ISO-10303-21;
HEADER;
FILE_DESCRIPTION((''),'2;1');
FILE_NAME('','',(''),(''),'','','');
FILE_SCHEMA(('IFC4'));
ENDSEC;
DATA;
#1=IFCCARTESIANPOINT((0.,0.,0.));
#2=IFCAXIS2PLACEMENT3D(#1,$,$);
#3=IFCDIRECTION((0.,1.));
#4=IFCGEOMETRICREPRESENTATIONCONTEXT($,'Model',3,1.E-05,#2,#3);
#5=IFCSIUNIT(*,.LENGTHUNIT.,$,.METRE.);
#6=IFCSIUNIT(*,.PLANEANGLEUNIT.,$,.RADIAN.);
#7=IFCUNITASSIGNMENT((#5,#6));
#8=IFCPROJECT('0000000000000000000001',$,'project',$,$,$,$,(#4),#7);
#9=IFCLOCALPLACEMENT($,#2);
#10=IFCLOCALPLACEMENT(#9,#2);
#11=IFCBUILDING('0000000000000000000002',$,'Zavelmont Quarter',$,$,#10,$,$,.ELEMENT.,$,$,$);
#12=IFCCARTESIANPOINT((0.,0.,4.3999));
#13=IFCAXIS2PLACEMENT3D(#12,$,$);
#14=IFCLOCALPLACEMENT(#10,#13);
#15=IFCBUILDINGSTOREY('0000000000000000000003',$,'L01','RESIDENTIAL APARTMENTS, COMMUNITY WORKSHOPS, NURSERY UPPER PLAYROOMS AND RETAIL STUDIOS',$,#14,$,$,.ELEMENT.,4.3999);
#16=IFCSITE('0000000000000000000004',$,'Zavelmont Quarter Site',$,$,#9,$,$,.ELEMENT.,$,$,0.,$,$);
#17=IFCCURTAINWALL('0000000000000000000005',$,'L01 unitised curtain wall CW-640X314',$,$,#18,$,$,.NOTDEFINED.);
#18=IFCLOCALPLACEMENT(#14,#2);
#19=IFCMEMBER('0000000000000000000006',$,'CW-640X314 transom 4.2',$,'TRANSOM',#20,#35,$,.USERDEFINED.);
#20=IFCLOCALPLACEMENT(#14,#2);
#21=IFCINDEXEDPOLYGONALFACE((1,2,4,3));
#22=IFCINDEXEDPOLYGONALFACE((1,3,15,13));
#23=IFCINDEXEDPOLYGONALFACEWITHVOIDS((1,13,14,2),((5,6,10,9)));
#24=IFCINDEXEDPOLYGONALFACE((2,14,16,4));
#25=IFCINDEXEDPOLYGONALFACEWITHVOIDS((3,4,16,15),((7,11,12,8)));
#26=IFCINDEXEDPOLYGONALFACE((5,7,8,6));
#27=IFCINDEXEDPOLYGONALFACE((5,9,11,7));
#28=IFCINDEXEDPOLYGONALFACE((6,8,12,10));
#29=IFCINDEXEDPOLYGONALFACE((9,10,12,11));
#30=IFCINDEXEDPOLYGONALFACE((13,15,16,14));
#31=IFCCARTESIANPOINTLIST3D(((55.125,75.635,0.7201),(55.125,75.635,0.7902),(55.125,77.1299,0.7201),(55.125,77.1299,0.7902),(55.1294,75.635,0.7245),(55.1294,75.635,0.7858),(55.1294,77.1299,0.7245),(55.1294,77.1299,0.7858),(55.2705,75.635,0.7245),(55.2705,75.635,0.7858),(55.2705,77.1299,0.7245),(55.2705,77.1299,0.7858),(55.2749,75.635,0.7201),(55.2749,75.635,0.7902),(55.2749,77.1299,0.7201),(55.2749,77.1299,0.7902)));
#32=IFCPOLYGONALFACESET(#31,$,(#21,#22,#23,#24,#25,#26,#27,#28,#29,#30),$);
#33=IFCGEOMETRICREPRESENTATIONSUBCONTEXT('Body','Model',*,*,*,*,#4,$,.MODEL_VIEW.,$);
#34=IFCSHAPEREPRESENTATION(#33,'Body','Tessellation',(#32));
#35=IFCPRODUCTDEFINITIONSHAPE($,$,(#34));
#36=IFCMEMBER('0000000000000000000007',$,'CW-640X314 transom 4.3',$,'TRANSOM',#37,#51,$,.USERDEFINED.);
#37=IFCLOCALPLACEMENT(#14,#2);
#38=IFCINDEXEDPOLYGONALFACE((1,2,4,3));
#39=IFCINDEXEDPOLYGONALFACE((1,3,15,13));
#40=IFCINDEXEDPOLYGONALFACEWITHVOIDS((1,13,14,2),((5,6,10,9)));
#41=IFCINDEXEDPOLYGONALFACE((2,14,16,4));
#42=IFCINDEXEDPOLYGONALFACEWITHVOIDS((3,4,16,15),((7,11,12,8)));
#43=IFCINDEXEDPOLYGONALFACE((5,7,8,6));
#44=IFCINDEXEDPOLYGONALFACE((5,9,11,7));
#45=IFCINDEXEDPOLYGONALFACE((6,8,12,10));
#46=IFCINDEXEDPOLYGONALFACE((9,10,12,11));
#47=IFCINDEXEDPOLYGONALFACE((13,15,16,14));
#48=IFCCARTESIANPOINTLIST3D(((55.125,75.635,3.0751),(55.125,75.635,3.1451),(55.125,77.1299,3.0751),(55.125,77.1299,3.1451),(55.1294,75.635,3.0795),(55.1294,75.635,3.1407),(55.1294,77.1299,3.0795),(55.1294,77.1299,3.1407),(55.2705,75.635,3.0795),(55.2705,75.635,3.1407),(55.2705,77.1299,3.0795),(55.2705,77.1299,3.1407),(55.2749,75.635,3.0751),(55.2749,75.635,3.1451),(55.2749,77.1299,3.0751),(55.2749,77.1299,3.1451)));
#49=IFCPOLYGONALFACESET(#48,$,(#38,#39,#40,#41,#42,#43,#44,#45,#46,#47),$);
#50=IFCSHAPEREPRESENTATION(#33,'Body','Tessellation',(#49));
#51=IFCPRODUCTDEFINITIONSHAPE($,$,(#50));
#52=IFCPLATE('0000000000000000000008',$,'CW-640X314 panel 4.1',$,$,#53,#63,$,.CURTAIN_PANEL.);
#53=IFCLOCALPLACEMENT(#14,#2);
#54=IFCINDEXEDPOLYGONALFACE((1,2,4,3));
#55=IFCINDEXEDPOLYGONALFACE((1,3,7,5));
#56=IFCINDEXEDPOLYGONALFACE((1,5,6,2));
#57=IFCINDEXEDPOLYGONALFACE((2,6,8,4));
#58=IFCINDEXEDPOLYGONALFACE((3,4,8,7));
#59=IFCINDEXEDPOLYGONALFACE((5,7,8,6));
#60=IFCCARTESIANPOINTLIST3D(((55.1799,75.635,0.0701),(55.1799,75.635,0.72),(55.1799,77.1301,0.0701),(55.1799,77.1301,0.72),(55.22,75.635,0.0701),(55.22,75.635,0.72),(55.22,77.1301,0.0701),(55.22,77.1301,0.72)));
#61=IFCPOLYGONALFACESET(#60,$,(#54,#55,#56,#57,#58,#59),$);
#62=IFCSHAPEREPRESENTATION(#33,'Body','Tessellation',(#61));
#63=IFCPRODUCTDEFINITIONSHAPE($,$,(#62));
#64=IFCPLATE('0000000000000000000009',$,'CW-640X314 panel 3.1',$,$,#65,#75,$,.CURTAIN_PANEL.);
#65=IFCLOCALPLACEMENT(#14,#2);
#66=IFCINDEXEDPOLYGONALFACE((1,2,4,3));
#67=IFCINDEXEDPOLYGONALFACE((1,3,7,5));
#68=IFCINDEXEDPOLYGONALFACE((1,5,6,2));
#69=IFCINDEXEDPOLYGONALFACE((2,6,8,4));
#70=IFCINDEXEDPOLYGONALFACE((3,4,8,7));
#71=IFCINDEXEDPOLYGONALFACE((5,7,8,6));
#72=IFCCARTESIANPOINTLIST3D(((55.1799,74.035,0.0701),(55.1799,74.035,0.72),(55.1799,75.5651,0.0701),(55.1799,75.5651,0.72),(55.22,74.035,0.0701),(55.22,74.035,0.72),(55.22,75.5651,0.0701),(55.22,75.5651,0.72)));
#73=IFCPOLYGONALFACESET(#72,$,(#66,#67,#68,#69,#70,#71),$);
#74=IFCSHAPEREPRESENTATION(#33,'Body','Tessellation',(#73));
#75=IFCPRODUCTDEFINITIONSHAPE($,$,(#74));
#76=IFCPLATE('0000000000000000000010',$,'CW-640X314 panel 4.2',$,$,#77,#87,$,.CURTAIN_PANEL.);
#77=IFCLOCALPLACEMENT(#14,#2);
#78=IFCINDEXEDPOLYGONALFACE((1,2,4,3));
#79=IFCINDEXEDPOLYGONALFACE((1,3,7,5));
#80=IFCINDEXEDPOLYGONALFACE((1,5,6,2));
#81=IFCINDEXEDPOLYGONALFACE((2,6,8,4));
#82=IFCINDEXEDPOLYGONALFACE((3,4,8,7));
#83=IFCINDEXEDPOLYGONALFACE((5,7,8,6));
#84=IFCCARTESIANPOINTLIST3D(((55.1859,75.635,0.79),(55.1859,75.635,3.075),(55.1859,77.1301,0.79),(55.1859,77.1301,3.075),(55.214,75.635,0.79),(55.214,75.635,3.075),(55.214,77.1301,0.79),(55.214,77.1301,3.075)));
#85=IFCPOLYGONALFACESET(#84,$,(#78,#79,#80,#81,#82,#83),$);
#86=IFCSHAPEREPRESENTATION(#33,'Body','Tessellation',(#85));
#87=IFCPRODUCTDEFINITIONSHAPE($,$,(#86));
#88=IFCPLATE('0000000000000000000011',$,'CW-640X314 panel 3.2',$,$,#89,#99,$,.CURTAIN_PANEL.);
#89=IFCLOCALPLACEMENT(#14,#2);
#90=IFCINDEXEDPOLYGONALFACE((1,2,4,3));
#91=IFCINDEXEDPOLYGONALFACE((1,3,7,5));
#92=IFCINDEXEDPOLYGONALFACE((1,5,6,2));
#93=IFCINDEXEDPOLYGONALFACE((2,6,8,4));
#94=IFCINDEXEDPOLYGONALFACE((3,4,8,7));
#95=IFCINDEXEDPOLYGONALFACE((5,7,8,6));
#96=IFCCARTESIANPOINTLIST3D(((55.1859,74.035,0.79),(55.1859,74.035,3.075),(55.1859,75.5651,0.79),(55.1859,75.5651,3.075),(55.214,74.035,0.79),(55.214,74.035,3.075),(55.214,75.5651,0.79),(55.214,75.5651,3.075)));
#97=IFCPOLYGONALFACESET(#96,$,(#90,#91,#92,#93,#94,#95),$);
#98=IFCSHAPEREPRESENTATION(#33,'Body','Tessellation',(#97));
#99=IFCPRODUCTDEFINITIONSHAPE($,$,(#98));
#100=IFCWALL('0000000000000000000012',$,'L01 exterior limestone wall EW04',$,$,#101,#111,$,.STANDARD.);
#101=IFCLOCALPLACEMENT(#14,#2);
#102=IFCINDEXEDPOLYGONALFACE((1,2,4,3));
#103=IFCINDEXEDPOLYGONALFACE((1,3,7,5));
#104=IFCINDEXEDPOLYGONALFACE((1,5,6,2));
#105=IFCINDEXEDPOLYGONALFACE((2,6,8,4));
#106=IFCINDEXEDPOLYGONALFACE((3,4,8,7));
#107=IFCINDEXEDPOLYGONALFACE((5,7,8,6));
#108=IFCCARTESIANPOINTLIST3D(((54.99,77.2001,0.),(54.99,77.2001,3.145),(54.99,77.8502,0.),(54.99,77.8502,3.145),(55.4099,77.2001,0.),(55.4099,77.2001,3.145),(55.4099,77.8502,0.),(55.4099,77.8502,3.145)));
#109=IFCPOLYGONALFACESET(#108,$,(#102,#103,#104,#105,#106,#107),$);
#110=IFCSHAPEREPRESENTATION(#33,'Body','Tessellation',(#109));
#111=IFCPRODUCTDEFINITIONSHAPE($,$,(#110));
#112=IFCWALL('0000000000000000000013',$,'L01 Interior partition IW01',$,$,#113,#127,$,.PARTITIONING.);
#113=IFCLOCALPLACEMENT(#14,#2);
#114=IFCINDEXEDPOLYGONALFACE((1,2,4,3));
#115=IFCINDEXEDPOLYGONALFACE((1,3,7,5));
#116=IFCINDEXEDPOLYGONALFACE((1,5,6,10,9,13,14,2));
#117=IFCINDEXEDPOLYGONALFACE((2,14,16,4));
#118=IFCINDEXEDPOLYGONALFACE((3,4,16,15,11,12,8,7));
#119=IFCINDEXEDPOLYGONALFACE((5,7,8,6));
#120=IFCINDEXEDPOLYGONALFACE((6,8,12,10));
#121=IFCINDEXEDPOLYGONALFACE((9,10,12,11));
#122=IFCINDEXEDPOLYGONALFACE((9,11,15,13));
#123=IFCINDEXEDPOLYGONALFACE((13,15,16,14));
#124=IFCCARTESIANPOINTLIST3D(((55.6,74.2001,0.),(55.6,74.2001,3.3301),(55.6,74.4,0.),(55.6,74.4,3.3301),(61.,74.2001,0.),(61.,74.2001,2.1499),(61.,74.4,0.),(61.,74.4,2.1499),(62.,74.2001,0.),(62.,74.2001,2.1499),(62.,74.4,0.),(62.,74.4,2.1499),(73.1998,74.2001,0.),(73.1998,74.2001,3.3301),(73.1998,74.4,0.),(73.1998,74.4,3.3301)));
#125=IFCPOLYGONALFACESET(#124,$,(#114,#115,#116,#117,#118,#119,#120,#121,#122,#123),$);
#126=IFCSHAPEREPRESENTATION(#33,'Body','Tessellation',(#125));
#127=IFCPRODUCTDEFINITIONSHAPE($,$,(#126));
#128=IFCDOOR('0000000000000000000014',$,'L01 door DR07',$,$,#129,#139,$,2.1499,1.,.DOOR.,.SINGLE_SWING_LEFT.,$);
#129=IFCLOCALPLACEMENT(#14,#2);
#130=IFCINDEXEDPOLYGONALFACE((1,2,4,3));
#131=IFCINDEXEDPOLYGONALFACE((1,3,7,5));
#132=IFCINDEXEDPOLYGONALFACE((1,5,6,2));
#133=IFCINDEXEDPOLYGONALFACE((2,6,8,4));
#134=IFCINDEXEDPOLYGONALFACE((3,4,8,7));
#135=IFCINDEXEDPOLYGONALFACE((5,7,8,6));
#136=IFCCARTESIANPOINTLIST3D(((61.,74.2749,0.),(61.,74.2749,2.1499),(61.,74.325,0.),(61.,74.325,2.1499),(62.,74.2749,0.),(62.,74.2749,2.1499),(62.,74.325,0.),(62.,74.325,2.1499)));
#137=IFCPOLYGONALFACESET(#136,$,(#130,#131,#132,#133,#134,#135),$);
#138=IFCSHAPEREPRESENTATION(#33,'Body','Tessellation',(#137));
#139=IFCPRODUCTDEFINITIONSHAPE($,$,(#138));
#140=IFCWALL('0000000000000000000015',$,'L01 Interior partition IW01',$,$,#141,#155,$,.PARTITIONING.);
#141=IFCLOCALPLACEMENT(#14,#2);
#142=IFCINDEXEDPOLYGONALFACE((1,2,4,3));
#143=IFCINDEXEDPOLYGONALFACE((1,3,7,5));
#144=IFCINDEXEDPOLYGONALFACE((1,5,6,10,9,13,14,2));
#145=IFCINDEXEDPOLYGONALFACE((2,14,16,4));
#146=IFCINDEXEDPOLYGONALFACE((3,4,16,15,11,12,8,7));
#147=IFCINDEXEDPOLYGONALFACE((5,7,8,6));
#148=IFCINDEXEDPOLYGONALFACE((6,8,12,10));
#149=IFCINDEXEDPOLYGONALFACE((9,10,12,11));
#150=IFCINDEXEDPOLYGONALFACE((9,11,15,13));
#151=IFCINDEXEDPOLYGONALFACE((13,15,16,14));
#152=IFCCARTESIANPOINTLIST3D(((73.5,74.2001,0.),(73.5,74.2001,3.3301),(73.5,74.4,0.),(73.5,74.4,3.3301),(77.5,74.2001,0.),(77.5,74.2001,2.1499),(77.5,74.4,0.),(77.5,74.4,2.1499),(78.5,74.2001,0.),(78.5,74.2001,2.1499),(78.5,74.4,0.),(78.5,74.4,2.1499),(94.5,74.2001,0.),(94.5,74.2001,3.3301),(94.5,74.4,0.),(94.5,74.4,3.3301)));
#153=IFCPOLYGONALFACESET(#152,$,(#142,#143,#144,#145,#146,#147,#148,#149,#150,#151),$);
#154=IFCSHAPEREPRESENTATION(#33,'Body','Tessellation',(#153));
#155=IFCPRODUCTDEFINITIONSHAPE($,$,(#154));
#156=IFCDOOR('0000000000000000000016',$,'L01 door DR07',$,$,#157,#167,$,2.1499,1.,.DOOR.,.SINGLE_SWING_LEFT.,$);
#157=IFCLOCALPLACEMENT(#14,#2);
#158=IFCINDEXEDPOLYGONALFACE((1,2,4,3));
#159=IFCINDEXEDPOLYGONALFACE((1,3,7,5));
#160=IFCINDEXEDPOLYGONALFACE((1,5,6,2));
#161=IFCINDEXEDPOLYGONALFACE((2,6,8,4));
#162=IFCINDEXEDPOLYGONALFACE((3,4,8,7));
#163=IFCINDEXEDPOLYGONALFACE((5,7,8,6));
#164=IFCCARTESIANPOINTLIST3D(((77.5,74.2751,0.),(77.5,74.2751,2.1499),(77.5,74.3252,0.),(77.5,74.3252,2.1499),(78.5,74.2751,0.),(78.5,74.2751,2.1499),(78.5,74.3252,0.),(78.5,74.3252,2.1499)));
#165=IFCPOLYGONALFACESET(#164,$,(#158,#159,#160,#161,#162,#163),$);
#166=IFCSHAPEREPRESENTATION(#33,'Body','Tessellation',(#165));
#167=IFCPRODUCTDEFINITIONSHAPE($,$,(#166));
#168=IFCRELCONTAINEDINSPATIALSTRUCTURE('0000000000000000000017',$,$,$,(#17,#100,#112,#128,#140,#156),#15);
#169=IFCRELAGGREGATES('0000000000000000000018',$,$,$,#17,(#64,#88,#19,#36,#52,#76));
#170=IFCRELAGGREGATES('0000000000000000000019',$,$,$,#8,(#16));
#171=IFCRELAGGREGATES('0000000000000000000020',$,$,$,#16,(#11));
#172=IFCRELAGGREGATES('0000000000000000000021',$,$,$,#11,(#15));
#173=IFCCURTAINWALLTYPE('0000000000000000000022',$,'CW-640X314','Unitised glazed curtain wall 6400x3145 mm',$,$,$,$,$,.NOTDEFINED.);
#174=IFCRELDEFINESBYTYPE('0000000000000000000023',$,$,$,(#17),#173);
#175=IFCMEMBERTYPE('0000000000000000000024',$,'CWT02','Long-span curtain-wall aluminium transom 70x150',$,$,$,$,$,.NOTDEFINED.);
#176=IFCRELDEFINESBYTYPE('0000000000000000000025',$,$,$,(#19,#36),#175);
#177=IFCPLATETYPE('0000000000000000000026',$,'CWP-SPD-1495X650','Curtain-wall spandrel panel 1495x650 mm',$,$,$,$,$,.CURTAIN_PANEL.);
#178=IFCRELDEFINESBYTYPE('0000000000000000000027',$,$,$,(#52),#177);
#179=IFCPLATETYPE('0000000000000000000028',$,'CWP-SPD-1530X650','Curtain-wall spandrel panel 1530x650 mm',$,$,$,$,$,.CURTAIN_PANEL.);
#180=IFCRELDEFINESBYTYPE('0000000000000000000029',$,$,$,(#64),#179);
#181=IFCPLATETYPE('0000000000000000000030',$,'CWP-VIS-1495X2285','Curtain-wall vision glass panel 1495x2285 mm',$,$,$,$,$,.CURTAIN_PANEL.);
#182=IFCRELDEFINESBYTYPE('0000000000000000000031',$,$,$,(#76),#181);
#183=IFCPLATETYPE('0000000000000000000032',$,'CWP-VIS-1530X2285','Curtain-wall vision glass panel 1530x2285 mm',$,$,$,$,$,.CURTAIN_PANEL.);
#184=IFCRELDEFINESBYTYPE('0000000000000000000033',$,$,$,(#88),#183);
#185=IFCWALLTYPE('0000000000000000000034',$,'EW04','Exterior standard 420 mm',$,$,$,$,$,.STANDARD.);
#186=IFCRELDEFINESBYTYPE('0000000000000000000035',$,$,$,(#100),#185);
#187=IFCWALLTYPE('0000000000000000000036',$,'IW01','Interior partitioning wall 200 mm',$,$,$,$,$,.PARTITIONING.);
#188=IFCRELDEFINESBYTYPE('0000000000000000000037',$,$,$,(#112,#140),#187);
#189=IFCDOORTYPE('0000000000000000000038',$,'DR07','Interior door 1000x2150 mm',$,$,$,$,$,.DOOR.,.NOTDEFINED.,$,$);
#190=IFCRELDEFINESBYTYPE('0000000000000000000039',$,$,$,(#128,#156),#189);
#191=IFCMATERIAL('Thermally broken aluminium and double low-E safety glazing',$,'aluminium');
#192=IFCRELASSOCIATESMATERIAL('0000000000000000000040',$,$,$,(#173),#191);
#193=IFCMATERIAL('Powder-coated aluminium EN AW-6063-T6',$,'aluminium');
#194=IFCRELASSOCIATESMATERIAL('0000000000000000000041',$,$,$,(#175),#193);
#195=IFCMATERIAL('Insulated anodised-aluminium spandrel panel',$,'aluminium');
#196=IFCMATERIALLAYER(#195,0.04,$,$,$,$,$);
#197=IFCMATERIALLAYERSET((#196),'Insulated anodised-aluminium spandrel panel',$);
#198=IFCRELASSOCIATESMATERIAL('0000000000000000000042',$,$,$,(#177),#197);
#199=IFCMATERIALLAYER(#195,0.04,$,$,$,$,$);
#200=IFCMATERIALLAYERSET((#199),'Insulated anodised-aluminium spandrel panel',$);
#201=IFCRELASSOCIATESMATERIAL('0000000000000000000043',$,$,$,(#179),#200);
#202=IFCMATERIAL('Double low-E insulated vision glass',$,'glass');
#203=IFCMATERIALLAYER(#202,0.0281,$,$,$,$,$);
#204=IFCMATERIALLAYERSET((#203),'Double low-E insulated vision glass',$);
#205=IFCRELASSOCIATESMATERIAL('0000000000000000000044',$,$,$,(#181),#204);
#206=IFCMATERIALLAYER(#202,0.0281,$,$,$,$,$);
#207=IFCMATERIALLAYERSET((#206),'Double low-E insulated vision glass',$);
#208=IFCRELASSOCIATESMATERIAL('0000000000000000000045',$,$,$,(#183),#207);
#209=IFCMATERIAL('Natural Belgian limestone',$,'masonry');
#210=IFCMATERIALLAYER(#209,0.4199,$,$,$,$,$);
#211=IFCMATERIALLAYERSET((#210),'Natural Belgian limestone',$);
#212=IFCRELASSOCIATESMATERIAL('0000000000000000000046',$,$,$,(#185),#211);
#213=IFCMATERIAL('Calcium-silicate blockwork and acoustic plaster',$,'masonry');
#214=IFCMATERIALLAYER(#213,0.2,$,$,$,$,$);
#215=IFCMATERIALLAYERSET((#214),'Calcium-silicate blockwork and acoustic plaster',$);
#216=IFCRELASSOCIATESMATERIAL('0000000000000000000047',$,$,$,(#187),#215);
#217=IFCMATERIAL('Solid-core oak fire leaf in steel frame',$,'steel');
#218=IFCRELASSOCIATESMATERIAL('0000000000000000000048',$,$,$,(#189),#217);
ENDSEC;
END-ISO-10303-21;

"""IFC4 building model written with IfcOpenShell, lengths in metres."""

from ifc_helpers import new_model, si_unit, direction, frame, frame_2d, origin, origin_with_axes, origin_2d, place, context, subcontext, project, spatial, rectangle, hollow_rectangle, extrude, material, layer, layer_set, material_profile, profile_set, type_object, element, fill, aggregate, save


model = new_model("IFC4")

# Units and contexts
model_context = context("Model", 3, precision=1e-05, world=origin(), true_north=direction((0.0, 1.0)))
body_context = subcontext(model_context, "Body", "Model", "MODEL_VIEW")
ifc_project = project(units=[si_unit("LENGTHUNIT", "METRE"), si_unit("PLANEANGLEUNIT", "RADIAN")], contexts=[model_context])

# Site, building, storey
site_placement = place(None, origin())
site = spatial("IfcSite", under=ifc_project, at=site_placement, Name="Zavelmont Quarter Site", CompositionType="ELEMENT", RefElevation=0.0)
building_placement = place(site_placement, origin())
building = spatial("IfcBuilding", under=site, at=building_placement, Name="Zavelmont Quarter", CompositionType="ELEMENT")
storey_placement = place(building_placement, frame((0.0, 0.0, 4.3999)))
storey = spatial("IfcBuildingStorey", under=building, at=storey_placement, Name="L01", Description="RESIDENTIAL APARTMENTS, COMMUNITY WORKSHOPS, NURSERY UPPER PLAYROOMS AND RETAIL STUDIOS", CompositionType="ELEMENT", Elevation=4.3999)

# Curtain wall, members, plates
ifc_material_1 = material(Name="Thermally broken aluminium and double low-E safety glazing", Category="aluminium")
curtain_wall_type = type_object("IfcCurtainWallType", Name="CW-640X314", Description="Unitised glazed curtain wall 6400x3145 mm", PredefinedType="NOTDEFINED", material=ifc_material_1)
curtain_wall_placement = place(storey_placement, origin())
curtain_wall = element("IfcCurtainWall", 1, at=curtain_wall_placement, inside=storey, type_object=curtain_wall_type, Name="L01 unitised curtain wall CW-640X314", PredefinedType="NOTDEFINED")
ifc_material_2 = material(Name="Powder-coated aluminium EN AW-6063-T6", Category="aluminium")
ifc_material_profile_1 = material_profile(ifc_material_2, hollow_rectangle(XDim=0.1499, YDim=0.0701, WallThickness=0.0044, at=origin_2d()), Name="CWT70X150")
ifc_profile_set_1 = profile_set([ifc_material_profile_1], Name="Powder-coated aluminium EN AW-6063-T6")
member_type_1 = type_object("IfcMemberType", Name="CWT02", Description="Long-span curtain-wall aluminium transom 70x150", PredefinedType="NOTDEFINED", material=ifc_profile_set_1)
member_1_placement = place(storey_placement, frame((55.2, 75.635, 0.7551), z_axis=(0.0, 1.0, 0.0), x_axis=(-1.0, 0.0, 0.0)))
member_1 = element("IfcMember", 2, at=member_1_placement, type_object=member_type_1, Name="CW-640X314 transom 4.2", ObjectType="TRANSOM", PredefinedType="USERDEFINED", context=body_context, shape_type="SweptSolid", body=[
    extrude(hollow_rectangle(XDim=0.1499, YDim=0.0701, WallThickness=0.0044, at=origin_2d()), origin(), (0.0, 0.0, 1.0), 1.4949),
])
member_2_placement = place(storey_placement, frame((55.2, 75.635, 3.1101), z_axis=(0.0, 1.0, 0.0), x_axis=(-1.0, 0.0, 0.0)))
member_2 = element("IfcMember", 3, at=member_2_placement, type_object=member_type_1, Name="CW-640X314 transom 4.3", ObjectType="TRANSOM", PredefinedType="USERDEFINED", context=body_context, shape_type="SweptSolid", body=[
    extrude(hollow_rectangle(XDim=0.1499, YDim=0.0701, WallThickness=0.0044, at=origin_2d()), origin(), (0.0, 0.0, 1.0), 1.4949),
])
ifc_material_3 = material(Name="Insulated anodised-aluminium spandrel panel", Category="aluminium")
ifc_layer_1 = layer(ifc_material_3, 0.04)
ifc_layer_set_1 = layer_set([ifc_layer_1], Name="Insulated anodised-aluminium spandrel panel")
plate_type_1 = type_object("IfcPlateType", Name="CWP-SPD-1495X650", Description="Curtain-wall spandrel panel 1495x650 mm", PredefinedType="CURTAIN_PANEL", material=ifc_layer_set_1)
plate_1_placement = place(storey_placement, frame((55.2, 76.3826, 0.0701), z_axis=(0.0, 0.0, 1.0), x_axis=(0.0, 1.0, 0.0)))
plate_1 = element("IfcPlate", 4, at=plate_1_placement, type_object=plate_type_1, Name="CW-640X314 panel 4.1", PredefinedType="CURTAIN_PANEL", context=body_context, shape_type="SweptSolid", body=[
    extrude(rectangle(XDim=1.4951, YDim=0.04, at=origin_2d()), origin(), (0.0, 0.0, 1.0), 0.6499),
])
ifc_layer_2 = layer(ifc_material_3, 0.04)
ifc_layer_set_2 = layer_set([ifc_layer_2], Name="Insulated anodised-aluminium spandrel panel")
plate_type_2 = type_object("IfcPlateType", Name="CWP-SPD-1530X650", Description="Curtain-wall spandrel panel 1530x650 mm", PredefinedType="CURTAIN_PANEL", material=ifc_layer_set_2)
plate_2_placement = place(storey_placement, frame((55.2, 74.8, 0.0701), z_axis=(0.0, 0.0, 1.0), x_axis=(0.0, 1.0, 0.0)))
plate_2 = element("IfcPlate", 5, at=plate_2_placement, type_object=plate_type_2, Name="CW-640X314 panel 3.1", PredefinedType="CURTAIN_PANEL", context=body_context, shape_type="SweptSolid", body=[
    extrude(rectangle(XDim=1.53, YDim=0.04, at=origin_2d()), origin(), (0.0, 0.0, 1.0), 0.6499),
])
ifc_material_4 = material(Name="Double low-E insulated vision glass", Category="glass")
ifc_layer_3 = layer(ifc_material_4, 0.0281)
ifc_layer_set_3 = layer_set([ifc_layer_3], Name="Double low-E insulated vision glass")
plate_type_3 = type_object("IfcPlateType", Name="CWP-VIS-1495X2285", Description="Curtain-wall vision glass panel 1495x2285 mm", PredefinedType="CURTAIN_PANEL", material=ifc_layer_set_3)
plate_3_placement = place(storey_placement, frame((55.2, 76.3826, 0.79), z_axis=(0.0, 0.0, 1.0), x_axis=(0.0, 1.0, 0.0)))
plate_3 = element("IfcPlate", 6, at=plate_3_placement, type_object=plate_type_3, Name="CW-640X314 panel 4.2", PredefinedType="CURTAIN_PANEL", context=body_context, shape_type="SweptSolid", body=[
    extrude(rectangle(XDim=1.4951, YDim=0.0281, at=origin_2d()), origin(), (0.0, 0.0, 1.0), 2.2849),
])
ifc_layer_4 = layer(ifc_material_4, 0.0281)
ifc_layer_set_4 = layer_set([ifc_layer_4], Name="Double low-E insulated vision glass")
plate_type_4 = type_object("IfcPlateType", Name="CWP-VIS-1530X2285", Description="Curtain-wall vision glass panel 1530x2285 mm", PredefinedType="CURTAIN_PANEL", material=ifc_layer_set_4)
plate_4_placement = place(storey_placement, frame((55.2, 74.8, 0.79), z_axis=(0.0, 0.0, 1.0), x_axis=(0.0, 1.0, 0.0)))
plate_4 = element("IfcPlate", 7, at=plate_4_placement, type_object=plate_type_4, Name="CW-640X314 panel 3.2", PredefinedType="CURTAIN_PANEL", context=body_context, shape_type="SweptSolid", body=[
    extrude(rectangle(XDim=1.53, YDim=0.0281, at=origin_2d()), origin(), (0.0, 0.0, 1.0), 2.2849),
])
aggregate(curtain_wall, [plate_2, plate_4, member_1, member_2, plate_1, plate_3])

# Wall
ifc_material_5 = material(Name="Natural Belgian limestone", Category="masonry")
ifc_layer_5 = layer(ifc_material_5, 0.4199)
ifc_layer_set_5 = layer_set([ifc_layer_5], Name="Natural Belgian limestone")
wall_type_1 = type_object("IfcWallType", Name="EW04", Description="Exterior standard 420 mm", PredefinedType="STANDARD", material=ifc_layer_set_5)
wall_1_placement = place(storey_placement, frame((55.2, 77.2, 0.0), z_axis=(0.0, 0.0, 1.0), x_axis=(0.0, 1.0, 0.0)))
element("IfcWall", 8, at=wall_1_placement, inside=storey, type_object=wall_type_1, Name="L01 exterior limestone wall EW04", PredefinedType="STANDARD", context=body_context, shape_type="SweptSolid", body=[
    extrude(rectangle(XDim=0.6501, YDim=0.4199, at=frame_2d((0.3252, 0.0))), origin(), (0.0, 0.0, 1.0), 3.145),
])

# Walls, openings, doors
ifc_material_6 = material(Name="Calcium-silicate blockwork and acoustic plaster", Category="masonry")
ifc_layer_6 = layer(ifc_material_6, 0.2)
ifc_layer_set_6 = layer_set([ifc_layer_6], Name="Calcium-silicate blockwork and acoustic plaster")
wall_type_2 = type_object("IfcWallType", Name="IW01", Description="Interior partitioning wall 200 mm", PredefinedType="PARTITIONING", material=ifc_layer_set_6)
wall_2_placement = place(storey_placement, frame((55.6001, 74.3, 0.0), z_axis=(0.0, 0.0, 1.0), x_axis=(1.0, 0.0, 0.0)))
wall_2 = element("IfcWall", 9, at=wall_2_placement, inside=storey, type_object=wall_type_2, Name="L01 Interior partition IW01", PredefinedType="PARTITIONING", context=body_context, shape_type="SweptSolid", body=[
    extrude(rectangle(XDim=17.5999, YDim=0.2, at=frame_2d((8.7998, 0.0))), origin(), (0.0, 0.0, 1.0), 3.3301),
])
opening_1_placement = place(wall_2_placement, frame((5.3999, 0.0, 0.0)))
opening_1 = element("IfcOpeningElement", 10, at=opening_1_placement, cuts=wall_2, PredefinedType="OPENING", context=body_context, shape_type="SweptSolid", body=[
    extrude(rectangle(XDim=1.0, YDim=2.1499, at=frame_2d((0.5, 1.075))), frame((0.0, 0.1118, 0.0), z_axis=(0.0, -1.0, 0.0), x_axis=(1.0, 0.0, 0.0)), (0.0, 0.0, 1.0), 0.2239),
])
ifc_material_7 = material(Name="Solid-core oak fire leaf in steel frame", Category="steel")
door_type_1 = type_object("IfcDoorType", Name="DR07", Description="Interior door 1000x2150 mm", OperationType="NOTDEFINED", PredefinedType="DOOR", material=ifc_material_7)
door_1_placement = place(opening_1_placement, origin_with_axes())
door_1 = element("IfcDoor", 11, at=door_1_placement, inside=storey, type_object=door_type_1, Name="L01 door DR07", OperationType="SINGLE_SWING_LEFT", OverallHeight=2.1499, OverallWidth=1.0, PredefinedType="DOOR", context=body_context, shape_type="SweptSolid", body=[
    extrude(rectangle(XDim=1.0, YDim=2.1499, at=frame_2d((0.5, 1.075))), frame((0.0, 0.0249, 0.0), z_axis=(0.0, -1.0, 0.0), x_axis=(1.0, 0.0, 0.0)), (0.0, 0.0, 1.0), 0.05),
])
fill(opening_1, door_1)
wall_3_placement = place(storey_placement, frame((73.5, 74.3, 0.0), z_axis=(0.0, 0.0, 1.0), x_axis=(1.0, 0.0, 0.0)))
wall_3 = element("IfcWall", 12, at=wall_3_placement, inside=storey, type_object=wall_type_2, Name="L01 Interior partition IW01", PredefinedType="PARTITIONING", context=body_context, shape_type="SweptSolid", body=[
    extrude(rectangle(XDim=21.0, YDim=0.2, at=frame_2d((10.5, 0.0))), origin(), (0.0, 0.0, 1.0), 3.3301),
])
opening_2_placement = place(wall_3_placement, frame((4.0, 0.0, 0.0)))
opening_2 = element("IfcOpeningElement", 13, at=opening_2_placement, cuts=wall_3, PredefinedType="OPENING", context=body_context, shape_type="SweptSolid", body=[
    extrude(rectangle(XDim=1.0, YDim=2.1499, at=frame_2d((0.5, 1.075))), frame((0.0, 0.1118, 0.0), z_axis=(0.0, -1.0, 0.0), x_axis=(1.0, 0.0, 0.0)), (0.0, 0.0, 1.0), 0.2239),
])
door_2_placement = place(opening_2_placement, frame((1.0, 0.0, 0.0), z_axis=(0.0, 0.0, 1.0), x_axis=(-1.0, 0.0, 0.0)))
door_2 = element("IfcDoor", 14, at=door_2_placement, inside=storey, type_object=door_type_1, Name="L01 door DR07", OperationType="SINGLE_SWING_LEFT", OverallHeight=2.1499, OverallWidth=1.0, PredefinedType="DOOR", context=body_context, shape_type="SweptSolid", body=[
    extrude(rectangle(XDim=1.0, YDim=2.1499, at=frame_2d((0.5, 1.075))), frame((0.0, 0.0249, 0.0), z_axis=(0.0, -1.0, 0.0), x_axis=(1.0, 0.0, 0.0)), (0.0, 0.0, 1.0), 0.05),
])
fill(opening_2, door_2)

save(model, "model.ifc")
